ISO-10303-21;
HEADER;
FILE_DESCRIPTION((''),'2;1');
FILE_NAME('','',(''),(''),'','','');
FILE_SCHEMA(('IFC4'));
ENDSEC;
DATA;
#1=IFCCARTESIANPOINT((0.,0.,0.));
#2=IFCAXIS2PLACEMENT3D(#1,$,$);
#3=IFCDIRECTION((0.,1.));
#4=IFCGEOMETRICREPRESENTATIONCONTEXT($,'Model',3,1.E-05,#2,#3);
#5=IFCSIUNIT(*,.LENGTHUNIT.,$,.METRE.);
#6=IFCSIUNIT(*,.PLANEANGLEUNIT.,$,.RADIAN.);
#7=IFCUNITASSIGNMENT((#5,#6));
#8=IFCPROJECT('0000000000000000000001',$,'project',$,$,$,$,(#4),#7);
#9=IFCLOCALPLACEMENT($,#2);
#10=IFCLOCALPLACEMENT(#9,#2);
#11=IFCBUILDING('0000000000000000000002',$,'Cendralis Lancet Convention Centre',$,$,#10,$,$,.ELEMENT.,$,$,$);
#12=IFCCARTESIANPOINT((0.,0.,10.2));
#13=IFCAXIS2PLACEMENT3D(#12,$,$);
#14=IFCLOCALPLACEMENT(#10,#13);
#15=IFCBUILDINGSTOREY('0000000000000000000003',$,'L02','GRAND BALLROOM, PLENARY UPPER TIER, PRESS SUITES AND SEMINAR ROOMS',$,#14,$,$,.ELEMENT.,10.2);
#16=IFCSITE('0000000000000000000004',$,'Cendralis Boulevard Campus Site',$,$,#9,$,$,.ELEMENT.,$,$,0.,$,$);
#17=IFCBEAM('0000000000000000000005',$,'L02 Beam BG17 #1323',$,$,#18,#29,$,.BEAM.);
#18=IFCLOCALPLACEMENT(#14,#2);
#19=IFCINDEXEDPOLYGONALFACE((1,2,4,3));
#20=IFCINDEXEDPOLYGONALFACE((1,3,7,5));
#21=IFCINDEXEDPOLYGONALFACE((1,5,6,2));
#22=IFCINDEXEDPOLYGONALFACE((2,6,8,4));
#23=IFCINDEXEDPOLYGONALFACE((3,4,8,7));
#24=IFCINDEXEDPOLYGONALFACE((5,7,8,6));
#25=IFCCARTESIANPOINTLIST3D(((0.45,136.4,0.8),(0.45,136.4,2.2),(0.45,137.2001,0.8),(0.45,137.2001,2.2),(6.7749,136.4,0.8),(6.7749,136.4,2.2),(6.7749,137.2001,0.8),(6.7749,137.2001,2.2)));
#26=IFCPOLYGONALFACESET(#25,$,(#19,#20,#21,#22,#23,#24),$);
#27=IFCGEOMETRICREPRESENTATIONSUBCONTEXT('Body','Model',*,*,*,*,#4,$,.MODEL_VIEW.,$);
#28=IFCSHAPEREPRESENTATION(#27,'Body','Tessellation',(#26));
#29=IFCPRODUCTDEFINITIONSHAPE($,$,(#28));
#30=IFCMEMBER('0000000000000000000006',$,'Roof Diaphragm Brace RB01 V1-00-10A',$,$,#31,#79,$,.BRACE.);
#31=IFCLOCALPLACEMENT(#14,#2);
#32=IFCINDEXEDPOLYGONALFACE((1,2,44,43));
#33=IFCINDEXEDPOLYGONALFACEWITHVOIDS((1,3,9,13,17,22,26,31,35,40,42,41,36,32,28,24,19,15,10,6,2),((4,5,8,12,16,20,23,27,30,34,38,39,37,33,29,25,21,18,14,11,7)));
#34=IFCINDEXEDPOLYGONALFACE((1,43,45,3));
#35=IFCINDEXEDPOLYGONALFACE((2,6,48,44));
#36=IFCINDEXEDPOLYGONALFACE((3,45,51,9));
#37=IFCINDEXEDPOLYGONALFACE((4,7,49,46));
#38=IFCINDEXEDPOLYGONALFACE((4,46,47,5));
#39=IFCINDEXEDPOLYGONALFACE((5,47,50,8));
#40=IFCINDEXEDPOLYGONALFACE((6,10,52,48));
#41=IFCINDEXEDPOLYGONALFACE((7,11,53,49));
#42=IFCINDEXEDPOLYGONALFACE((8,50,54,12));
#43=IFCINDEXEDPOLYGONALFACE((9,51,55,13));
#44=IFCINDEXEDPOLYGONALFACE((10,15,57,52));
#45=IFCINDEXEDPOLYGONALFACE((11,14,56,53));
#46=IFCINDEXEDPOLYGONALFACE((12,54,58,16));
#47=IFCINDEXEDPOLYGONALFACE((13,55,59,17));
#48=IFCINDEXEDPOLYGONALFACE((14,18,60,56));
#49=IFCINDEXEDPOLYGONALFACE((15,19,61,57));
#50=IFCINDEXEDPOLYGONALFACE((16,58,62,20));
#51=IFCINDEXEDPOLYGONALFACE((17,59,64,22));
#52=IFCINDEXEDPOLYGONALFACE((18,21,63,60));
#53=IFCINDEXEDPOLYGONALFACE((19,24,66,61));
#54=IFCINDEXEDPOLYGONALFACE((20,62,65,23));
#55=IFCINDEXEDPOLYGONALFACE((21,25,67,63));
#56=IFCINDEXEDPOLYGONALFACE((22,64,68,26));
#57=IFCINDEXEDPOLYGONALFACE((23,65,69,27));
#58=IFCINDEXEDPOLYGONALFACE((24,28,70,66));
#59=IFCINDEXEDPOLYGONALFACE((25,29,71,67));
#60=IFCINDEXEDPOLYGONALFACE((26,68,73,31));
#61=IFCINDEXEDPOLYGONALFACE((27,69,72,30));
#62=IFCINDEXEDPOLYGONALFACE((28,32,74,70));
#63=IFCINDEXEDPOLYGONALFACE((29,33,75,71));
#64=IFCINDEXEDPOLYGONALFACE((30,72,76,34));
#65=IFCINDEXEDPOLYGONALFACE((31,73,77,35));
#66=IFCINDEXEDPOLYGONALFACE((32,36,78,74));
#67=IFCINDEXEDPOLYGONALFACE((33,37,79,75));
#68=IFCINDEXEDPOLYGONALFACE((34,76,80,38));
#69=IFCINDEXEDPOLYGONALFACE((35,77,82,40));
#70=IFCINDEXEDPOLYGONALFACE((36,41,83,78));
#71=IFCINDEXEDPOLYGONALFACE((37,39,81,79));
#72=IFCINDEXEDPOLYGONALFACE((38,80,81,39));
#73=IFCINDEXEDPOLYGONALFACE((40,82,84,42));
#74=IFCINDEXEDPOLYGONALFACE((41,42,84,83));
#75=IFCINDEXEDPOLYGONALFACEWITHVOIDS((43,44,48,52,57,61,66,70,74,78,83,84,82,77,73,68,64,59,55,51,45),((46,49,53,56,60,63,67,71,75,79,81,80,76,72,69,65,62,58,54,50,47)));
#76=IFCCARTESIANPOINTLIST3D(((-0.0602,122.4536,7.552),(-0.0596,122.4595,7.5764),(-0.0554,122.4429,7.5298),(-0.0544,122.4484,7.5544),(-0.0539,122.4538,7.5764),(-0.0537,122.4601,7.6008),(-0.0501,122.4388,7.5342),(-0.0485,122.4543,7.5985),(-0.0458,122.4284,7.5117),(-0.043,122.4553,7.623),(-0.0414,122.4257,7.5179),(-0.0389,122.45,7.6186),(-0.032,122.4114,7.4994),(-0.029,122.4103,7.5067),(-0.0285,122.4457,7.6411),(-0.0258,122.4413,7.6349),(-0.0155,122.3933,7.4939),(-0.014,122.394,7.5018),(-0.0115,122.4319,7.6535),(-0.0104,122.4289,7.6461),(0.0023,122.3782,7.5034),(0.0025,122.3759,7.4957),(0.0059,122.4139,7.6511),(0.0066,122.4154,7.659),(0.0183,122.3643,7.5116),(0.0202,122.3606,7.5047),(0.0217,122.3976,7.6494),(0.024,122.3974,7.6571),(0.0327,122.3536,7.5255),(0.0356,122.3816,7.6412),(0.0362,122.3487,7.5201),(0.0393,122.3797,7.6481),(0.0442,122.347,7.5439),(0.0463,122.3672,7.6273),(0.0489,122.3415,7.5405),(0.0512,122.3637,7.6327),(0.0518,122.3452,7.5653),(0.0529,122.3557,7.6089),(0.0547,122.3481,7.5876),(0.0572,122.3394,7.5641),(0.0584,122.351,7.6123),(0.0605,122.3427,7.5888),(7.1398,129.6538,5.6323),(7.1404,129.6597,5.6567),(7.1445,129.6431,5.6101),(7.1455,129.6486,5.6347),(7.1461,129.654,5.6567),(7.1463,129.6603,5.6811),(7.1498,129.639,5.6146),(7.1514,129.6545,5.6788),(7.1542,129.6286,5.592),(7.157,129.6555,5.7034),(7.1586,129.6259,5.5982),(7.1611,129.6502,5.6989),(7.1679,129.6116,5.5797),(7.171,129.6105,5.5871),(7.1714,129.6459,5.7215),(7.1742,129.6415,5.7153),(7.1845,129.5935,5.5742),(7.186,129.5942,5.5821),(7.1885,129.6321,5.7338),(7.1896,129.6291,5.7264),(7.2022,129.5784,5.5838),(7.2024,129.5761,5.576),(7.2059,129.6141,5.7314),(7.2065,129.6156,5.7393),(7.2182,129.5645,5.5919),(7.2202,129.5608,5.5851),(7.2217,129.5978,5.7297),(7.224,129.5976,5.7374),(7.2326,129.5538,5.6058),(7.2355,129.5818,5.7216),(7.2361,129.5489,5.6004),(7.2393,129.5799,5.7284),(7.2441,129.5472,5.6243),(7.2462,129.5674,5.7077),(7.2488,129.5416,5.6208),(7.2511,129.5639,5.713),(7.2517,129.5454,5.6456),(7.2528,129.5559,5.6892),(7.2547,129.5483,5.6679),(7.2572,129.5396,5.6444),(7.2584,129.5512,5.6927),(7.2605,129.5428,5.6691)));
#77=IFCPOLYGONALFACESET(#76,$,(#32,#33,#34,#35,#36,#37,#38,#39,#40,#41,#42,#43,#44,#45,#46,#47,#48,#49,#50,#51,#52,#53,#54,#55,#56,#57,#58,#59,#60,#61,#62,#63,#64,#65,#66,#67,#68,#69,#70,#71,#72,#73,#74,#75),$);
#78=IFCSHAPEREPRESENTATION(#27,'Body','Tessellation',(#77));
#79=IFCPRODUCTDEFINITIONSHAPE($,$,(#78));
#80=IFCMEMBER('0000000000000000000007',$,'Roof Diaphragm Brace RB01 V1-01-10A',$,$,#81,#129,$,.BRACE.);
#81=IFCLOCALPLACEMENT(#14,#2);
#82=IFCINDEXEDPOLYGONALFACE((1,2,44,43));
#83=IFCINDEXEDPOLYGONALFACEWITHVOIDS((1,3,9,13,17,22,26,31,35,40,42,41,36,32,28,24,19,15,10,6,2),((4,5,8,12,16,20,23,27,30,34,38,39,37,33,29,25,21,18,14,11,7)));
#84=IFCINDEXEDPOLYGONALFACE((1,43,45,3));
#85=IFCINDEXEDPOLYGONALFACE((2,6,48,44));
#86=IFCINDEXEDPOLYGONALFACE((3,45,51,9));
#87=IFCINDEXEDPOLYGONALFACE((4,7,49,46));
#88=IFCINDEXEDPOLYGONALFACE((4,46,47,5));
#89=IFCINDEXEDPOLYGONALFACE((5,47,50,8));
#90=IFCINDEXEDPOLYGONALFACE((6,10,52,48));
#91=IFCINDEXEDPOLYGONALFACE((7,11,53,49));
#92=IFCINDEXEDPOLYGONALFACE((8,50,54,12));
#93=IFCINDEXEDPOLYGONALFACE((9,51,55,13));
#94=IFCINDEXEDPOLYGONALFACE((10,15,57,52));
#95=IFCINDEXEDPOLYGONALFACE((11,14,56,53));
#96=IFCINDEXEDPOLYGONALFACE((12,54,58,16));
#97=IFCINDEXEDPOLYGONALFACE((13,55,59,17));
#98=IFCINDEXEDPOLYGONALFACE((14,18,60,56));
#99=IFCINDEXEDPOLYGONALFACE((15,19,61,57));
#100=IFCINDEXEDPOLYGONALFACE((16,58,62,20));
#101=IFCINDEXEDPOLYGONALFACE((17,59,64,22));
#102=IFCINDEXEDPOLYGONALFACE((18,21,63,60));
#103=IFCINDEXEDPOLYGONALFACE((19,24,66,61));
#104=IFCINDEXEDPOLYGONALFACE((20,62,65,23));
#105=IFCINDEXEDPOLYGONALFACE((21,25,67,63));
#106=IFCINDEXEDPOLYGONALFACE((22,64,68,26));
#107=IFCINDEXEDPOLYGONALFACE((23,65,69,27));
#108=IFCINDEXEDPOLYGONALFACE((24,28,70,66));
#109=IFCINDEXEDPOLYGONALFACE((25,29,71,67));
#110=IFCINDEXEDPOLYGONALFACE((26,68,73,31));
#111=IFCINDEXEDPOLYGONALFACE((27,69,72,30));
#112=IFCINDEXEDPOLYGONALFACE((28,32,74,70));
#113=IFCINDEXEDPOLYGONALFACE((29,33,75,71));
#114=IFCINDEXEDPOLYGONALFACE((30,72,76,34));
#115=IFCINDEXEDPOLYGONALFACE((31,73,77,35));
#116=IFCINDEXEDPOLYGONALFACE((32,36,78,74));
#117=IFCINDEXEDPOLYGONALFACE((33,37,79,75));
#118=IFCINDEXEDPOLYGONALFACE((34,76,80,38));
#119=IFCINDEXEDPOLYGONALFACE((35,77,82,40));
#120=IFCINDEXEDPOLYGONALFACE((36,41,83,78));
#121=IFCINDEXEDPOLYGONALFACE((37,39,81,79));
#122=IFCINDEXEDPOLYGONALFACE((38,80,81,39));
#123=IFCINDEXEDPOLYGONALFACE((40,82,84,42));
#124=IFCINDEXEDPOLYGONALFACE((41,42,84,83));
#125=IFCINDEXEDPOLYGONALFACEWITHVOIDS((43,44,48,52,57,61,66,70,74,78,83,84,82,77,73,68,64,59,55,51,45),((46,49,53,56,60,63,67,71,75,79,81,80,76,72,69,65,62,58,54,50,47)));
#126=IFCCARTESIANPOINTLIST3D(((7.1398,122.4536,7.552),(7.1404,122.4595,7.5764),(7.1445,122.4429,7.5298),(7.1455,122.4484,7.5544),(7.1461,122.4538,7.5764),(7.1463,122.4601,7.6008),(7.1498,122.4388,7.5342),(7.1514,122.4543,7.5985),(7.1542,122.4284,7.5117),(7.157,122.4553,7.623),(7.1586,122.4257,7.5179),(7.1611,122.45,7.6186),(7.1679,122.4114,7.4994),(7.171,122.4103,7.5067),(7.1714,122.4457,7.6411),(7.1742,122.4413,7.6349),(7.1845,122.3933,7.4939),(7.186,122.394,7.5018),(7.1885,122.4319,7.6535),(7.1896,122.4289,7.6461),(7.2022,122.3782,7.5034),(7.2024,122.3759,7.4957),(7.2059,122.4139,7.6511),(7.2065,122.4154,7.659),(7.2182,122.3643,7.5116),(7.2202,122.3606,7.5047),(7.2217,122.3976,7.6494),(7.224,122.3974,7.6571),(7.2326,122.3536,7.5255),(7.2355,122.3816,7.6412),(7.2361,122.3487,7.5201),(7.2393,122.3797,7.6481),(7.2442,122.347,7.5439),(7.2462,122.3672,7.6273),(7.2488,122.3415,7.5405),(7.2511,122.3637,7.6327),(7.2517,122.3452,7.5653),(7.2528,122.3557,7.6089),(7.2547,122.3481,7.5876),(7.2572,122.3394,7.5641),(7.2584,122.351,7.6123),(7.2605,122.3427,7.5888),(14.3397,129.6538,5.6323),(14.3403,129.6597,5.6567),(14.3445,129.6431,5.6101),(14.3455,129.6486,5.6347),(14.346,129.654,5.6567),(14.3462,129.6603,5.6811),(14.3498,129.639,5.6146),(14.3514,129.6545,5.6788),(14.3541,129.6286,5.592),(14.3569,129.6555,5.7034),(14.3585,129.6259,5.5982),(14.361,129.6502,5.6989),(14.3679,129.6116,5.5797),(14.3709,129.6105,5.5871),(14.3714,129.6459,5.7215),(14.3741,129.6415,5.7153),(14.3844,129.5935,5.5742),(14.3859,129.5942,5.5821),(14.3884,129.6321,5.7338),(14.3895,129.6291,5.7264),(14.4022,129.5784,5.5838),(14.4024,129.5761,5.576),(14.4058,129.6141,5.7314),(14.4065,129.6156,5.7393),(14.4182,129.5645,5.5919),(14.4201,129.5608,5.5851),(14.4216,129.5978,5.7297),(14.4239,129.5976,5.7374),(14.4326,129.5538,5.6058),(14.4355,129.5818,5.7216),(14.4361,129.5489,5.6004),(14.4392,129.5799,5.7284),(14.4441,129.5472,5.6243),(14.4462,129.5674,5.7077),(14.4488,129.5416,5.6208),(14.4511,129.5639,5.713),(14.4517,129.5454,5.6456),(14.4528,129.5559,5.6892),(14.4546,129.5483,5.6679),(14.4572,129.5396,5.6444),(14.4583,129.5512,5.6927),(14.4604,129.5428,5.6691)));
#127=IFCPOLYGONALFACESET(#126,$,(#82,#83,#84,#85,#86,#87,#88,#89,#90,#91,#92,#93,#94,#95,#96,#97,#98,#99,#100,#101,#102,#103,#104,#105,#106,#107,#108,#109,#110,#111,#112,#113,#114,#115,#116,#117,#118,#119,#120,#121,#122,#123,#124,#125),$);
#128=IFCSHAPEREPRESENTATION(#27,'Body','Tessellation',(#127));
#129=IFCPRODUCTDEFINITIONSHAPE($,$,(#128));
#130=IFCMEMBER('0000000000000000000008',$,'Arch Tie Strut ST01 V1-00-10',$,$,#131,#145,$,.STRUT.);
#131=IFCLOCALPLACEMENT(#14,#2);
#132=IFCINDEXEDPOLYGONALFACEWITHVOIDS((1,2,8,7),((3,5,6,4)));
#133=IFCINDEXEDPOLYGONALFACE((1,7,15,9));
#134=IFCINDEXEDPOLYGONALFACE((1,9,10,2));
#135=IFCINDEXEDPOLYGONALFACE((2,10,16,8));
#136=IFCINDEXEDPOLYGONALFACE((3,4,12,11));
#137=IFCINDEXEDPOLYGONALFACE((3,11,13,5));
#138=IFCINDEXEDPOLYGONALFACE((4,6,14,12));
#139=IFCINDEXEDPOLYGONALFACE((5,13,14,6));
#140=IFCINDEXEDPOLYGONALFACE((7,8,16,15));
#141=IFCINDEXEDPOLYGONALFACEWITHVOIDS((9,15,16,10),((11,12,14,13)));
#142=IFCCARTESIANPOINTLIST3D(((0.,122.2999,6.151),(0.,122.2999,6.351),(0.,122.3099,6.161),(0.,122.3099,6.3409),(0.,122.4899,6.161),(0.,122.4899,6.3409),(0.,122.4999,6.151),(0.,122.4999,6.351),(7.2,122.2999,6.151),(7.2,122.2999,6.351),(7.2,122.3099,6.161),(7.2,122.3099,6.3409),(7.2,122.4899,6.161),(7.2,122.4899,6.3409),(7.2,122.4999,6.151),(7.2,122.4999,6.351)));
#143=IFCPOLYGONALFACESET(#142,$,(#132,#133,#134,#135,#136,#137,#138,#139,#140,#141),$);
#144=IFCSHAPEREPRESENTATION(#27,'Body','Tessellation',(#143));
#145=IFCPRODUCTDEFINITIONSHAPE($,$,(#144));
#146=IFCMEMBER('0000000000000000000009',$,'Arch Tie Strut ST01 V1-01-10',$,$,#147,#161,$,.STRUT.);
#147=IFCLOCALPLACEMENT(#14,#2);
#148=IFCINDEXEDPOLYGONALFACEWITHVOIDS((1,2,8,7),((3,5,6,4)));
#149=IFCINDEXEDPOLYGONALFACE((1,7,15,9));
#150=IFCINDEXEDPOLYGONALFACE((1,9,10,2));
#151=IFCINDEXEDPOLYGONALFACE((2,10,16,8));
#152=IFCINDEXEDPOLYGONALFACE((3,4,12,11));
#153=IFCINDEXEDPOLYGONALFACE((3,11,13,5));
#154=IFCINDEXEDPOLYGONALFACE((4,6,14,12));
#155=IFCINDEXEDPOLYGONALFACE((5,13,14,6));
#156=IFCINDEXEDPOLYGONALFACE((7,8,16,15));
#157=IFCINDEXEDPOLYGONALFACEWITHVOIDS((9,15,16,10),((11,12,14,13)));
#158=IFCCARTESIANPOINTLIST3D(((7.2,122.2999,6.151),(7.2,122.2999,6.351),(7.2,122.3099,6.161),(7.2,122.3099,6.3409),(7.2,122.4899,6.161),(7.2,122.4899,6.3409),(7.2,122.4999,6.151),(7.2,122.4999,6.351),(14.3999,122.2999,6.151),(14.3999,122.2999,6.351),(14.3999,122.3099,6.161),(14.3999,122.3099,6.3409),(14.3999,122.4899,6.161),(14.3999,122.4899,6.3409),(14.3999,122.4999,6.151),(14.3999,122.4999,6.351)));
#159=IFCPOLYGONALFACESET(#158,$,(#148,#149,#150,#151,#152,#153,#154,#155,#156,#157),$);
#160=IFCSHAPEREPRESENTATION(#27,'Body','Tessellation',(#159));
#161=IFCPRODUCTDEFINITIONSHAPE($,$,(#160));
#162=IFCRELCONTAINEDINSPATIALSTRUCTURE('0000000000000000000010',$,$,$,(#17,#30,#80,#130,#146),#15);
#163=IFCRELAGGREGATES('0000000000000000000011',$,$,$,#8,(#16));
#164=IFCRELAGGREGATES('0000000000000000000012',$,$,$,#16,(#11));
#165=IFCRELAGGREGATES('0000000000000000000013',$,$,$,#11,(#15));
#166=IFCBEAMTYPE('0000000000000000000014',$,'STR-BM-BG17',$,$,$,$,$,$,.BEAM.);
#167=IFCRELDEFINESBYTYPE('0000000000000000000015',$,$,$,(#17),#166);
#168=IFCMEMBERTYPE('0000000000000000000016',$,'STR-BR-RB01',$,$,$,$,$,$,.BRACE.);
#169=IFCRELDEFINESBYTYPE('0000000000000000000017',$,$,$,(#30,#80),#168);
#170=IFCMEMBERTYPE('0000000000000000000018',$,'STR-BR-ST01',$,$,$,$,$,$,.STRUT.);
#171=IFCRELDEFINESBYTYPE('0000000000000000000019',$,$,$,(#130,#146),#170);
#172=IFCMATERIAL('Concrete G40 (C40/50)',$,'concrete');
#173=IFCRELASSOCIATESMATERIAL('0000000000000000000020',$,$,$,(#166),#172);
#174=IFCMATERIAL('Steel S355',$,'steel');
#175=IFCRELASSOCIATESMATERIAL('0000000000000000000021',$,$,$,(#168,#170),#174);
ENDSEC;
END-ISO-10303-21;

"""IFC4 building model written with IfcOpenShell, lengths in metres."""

from ifc_helpers import new_model, si_unit, direction, frame, origin, origin_2d, place, context, subcontext, project, spatial, rectangle, hollow_rectangle, hollow_circle, extrude, material, material_profile, profile_set, type_object, element, save


model = new_model("IFC4")

# Units and contexts
model_context = context("Model", 3, precision=1e-05, world=origin(), true_north=direction((0.0, 1.0)))
body_context = subcontext(model_context, "Body", "Model", "MODEL_VIEW")
ifc_project = project(units=[si_unit("LENGTHUNIT", "METRE"), si_unit("PLANEANGLEUNIT", "RADIAN")], contexts=[model_context])

# Site, building, storey
site_placement = place(None, origin())
site = spatial("IfcSite", under=ifc_project, at=site_placement, Name="Cendralis Boulevard Campus Site", CompositionType="ELEMENT", RefElevation=0.0)
building_placement = place(site_placement, origin())
building = spatial("IfcBuilding", under=site, at=building_placement, Name="Cendralis Lancet Convention Centre", CompositionType="ELEMENT")
storey_placement = place(building_placement, frame((0.0, 0.0, 10.2)))
storey = spatial("IfcBuildingStorey", under=building, at=storey_placement, Name="L02", Description="GRAND BALLROOM, PLENARY UPPER TIER, PRESS SUITES AND SEMINAR ROOMS", CompositionType="ELEMENT", Elevation=10.2)

# Beam
ifc_material_1 = material(Name="Concrete G40 (C40/50)", Category="concrete")
ifc_material_profile_1 = material_profile(ifc_material_1, rectangle(XDim=0.8, YDim=1.3999, at=origin_2d()), Name="RCB 800x1400")
ifc_profile_set_1 = profile_set([ifc_material_profile_1], Name="Concrete G40 (C40/50)")
beam_type = type_object("IfcBeamType", Name="STR-BM-BG17", PredefinedType="BEAM", material=ifc_profile_set_1)
beam_placement = place(storey_placement, frame((0.45, 136.8, 1.5), z_axis=(1.0, 0.0, 0.0), x_axis=(0.0, 1.0, 0.0)))
element("IfcBeam", 1, at=beam_placement, inside=storey, type_object=beam_type, Name="L02 Beam BG17 #1323", PredefinedType="BEAM", context=body_context, shape_type="SweptSolid", body=[
    extrude(rectangle(XDim=0.8, YDim=1.3999, at=origin_2d()), origin(), (0.0, 0.0, 1.0), 6.325),
])

# Members
ifc_material_2 = material(Name="Steel S355", Category="steel")
ifc_material_profile_2 = material_profile(ifc_material_2, hollow_circle(Radius=0.0842, WallThickness=0.0081, at=origin_2d()), Name="CHS 168.3x8.0")
ifc_profile_set_2 = profile_set([ifc_material_profile_2], Name="Steel S355")
member_type_1 = type_object("IfcMemberType", Name="STR-BR-RB01", PredefinedType="BRACE", material=ifc_profile_set_2)
for number, where, z_axis, x_axis, name in (
    (2, (0.0, 122.3999, 7.5764), (0.694854, 0.694878, -0.185265), (-0.707119, 0.707095, 0.0), "Roof Diaphragm Brace RB01 V1-00-10A"),
    (3, (7.2, 122.3999, 7.5764), (0.694854, 0.694878, -0.185265), (-0.707119, 0.707095, 0.0), "Roof Diaphragm Brace RB01 V1-01-10A"),
):
    element("IfcMember", number, at=place(storey_placement, frame(where, z_axis=z_axis, x_axis=x_axis)), inside=storey, type_object=member_type_1, Name=name, PredefinedType="BRACE", context=body_context, shape_type="SweptSolid", body=[
        extrude(hollow_circle(Radius=0.0842, WallThickness=0.0081, at=origin_2d()), origin(), (0.0, 0.0, 1.0), 10.3618),
    ])
ifc_material_profile_3 = material_profile(ifc_material_2, hollow_rectangle(XDim=0.2, YDim=0.2, WallThickness=0.01, at=origin_2d()), Name="SHS 200x200x10.0")
ifc_profile_set_3 = profile_set([ifc_material_profile_3], Name="Steel S355")
member_type_2 = type_object("IfcMemberType", Name="STR-BR-ST01", PredefinedType="STRUT", material=ifc_profile_set_3)
for number, where, z_axis, x_axis, name in (
    (4, (0.0, 122.3999, 6.251), (1.0, 0.0, 0.0), (0.0, 1.0, 0.0), "Arch Tie Strut ST01 V1-00-10"),
    (5, (7.2, 122.3999, 6.251), (1.0, 0.0, 0.0), (0.0, 1.0, 0.0), "Arch Tie Strut ST01 V1-01-10"),
):
    element("IfcMember", number, at=place(storey_placement, frame(where, z_axis=z_axis, x_axis=x_axis)), inside=storey, type_object=member_type_2, Name=name, PredefinedType="STRUT", context=body_context, shape_type="SweptSolid", body=[
        extrude(hollow_rectangle(XDim=0.2, YDim=0.2, WallThickness=0.01, at=origin_2d()), origin(), (0.0, 0.0, 1.0), 7.2),
    ])

save(model, "model.ifc")
